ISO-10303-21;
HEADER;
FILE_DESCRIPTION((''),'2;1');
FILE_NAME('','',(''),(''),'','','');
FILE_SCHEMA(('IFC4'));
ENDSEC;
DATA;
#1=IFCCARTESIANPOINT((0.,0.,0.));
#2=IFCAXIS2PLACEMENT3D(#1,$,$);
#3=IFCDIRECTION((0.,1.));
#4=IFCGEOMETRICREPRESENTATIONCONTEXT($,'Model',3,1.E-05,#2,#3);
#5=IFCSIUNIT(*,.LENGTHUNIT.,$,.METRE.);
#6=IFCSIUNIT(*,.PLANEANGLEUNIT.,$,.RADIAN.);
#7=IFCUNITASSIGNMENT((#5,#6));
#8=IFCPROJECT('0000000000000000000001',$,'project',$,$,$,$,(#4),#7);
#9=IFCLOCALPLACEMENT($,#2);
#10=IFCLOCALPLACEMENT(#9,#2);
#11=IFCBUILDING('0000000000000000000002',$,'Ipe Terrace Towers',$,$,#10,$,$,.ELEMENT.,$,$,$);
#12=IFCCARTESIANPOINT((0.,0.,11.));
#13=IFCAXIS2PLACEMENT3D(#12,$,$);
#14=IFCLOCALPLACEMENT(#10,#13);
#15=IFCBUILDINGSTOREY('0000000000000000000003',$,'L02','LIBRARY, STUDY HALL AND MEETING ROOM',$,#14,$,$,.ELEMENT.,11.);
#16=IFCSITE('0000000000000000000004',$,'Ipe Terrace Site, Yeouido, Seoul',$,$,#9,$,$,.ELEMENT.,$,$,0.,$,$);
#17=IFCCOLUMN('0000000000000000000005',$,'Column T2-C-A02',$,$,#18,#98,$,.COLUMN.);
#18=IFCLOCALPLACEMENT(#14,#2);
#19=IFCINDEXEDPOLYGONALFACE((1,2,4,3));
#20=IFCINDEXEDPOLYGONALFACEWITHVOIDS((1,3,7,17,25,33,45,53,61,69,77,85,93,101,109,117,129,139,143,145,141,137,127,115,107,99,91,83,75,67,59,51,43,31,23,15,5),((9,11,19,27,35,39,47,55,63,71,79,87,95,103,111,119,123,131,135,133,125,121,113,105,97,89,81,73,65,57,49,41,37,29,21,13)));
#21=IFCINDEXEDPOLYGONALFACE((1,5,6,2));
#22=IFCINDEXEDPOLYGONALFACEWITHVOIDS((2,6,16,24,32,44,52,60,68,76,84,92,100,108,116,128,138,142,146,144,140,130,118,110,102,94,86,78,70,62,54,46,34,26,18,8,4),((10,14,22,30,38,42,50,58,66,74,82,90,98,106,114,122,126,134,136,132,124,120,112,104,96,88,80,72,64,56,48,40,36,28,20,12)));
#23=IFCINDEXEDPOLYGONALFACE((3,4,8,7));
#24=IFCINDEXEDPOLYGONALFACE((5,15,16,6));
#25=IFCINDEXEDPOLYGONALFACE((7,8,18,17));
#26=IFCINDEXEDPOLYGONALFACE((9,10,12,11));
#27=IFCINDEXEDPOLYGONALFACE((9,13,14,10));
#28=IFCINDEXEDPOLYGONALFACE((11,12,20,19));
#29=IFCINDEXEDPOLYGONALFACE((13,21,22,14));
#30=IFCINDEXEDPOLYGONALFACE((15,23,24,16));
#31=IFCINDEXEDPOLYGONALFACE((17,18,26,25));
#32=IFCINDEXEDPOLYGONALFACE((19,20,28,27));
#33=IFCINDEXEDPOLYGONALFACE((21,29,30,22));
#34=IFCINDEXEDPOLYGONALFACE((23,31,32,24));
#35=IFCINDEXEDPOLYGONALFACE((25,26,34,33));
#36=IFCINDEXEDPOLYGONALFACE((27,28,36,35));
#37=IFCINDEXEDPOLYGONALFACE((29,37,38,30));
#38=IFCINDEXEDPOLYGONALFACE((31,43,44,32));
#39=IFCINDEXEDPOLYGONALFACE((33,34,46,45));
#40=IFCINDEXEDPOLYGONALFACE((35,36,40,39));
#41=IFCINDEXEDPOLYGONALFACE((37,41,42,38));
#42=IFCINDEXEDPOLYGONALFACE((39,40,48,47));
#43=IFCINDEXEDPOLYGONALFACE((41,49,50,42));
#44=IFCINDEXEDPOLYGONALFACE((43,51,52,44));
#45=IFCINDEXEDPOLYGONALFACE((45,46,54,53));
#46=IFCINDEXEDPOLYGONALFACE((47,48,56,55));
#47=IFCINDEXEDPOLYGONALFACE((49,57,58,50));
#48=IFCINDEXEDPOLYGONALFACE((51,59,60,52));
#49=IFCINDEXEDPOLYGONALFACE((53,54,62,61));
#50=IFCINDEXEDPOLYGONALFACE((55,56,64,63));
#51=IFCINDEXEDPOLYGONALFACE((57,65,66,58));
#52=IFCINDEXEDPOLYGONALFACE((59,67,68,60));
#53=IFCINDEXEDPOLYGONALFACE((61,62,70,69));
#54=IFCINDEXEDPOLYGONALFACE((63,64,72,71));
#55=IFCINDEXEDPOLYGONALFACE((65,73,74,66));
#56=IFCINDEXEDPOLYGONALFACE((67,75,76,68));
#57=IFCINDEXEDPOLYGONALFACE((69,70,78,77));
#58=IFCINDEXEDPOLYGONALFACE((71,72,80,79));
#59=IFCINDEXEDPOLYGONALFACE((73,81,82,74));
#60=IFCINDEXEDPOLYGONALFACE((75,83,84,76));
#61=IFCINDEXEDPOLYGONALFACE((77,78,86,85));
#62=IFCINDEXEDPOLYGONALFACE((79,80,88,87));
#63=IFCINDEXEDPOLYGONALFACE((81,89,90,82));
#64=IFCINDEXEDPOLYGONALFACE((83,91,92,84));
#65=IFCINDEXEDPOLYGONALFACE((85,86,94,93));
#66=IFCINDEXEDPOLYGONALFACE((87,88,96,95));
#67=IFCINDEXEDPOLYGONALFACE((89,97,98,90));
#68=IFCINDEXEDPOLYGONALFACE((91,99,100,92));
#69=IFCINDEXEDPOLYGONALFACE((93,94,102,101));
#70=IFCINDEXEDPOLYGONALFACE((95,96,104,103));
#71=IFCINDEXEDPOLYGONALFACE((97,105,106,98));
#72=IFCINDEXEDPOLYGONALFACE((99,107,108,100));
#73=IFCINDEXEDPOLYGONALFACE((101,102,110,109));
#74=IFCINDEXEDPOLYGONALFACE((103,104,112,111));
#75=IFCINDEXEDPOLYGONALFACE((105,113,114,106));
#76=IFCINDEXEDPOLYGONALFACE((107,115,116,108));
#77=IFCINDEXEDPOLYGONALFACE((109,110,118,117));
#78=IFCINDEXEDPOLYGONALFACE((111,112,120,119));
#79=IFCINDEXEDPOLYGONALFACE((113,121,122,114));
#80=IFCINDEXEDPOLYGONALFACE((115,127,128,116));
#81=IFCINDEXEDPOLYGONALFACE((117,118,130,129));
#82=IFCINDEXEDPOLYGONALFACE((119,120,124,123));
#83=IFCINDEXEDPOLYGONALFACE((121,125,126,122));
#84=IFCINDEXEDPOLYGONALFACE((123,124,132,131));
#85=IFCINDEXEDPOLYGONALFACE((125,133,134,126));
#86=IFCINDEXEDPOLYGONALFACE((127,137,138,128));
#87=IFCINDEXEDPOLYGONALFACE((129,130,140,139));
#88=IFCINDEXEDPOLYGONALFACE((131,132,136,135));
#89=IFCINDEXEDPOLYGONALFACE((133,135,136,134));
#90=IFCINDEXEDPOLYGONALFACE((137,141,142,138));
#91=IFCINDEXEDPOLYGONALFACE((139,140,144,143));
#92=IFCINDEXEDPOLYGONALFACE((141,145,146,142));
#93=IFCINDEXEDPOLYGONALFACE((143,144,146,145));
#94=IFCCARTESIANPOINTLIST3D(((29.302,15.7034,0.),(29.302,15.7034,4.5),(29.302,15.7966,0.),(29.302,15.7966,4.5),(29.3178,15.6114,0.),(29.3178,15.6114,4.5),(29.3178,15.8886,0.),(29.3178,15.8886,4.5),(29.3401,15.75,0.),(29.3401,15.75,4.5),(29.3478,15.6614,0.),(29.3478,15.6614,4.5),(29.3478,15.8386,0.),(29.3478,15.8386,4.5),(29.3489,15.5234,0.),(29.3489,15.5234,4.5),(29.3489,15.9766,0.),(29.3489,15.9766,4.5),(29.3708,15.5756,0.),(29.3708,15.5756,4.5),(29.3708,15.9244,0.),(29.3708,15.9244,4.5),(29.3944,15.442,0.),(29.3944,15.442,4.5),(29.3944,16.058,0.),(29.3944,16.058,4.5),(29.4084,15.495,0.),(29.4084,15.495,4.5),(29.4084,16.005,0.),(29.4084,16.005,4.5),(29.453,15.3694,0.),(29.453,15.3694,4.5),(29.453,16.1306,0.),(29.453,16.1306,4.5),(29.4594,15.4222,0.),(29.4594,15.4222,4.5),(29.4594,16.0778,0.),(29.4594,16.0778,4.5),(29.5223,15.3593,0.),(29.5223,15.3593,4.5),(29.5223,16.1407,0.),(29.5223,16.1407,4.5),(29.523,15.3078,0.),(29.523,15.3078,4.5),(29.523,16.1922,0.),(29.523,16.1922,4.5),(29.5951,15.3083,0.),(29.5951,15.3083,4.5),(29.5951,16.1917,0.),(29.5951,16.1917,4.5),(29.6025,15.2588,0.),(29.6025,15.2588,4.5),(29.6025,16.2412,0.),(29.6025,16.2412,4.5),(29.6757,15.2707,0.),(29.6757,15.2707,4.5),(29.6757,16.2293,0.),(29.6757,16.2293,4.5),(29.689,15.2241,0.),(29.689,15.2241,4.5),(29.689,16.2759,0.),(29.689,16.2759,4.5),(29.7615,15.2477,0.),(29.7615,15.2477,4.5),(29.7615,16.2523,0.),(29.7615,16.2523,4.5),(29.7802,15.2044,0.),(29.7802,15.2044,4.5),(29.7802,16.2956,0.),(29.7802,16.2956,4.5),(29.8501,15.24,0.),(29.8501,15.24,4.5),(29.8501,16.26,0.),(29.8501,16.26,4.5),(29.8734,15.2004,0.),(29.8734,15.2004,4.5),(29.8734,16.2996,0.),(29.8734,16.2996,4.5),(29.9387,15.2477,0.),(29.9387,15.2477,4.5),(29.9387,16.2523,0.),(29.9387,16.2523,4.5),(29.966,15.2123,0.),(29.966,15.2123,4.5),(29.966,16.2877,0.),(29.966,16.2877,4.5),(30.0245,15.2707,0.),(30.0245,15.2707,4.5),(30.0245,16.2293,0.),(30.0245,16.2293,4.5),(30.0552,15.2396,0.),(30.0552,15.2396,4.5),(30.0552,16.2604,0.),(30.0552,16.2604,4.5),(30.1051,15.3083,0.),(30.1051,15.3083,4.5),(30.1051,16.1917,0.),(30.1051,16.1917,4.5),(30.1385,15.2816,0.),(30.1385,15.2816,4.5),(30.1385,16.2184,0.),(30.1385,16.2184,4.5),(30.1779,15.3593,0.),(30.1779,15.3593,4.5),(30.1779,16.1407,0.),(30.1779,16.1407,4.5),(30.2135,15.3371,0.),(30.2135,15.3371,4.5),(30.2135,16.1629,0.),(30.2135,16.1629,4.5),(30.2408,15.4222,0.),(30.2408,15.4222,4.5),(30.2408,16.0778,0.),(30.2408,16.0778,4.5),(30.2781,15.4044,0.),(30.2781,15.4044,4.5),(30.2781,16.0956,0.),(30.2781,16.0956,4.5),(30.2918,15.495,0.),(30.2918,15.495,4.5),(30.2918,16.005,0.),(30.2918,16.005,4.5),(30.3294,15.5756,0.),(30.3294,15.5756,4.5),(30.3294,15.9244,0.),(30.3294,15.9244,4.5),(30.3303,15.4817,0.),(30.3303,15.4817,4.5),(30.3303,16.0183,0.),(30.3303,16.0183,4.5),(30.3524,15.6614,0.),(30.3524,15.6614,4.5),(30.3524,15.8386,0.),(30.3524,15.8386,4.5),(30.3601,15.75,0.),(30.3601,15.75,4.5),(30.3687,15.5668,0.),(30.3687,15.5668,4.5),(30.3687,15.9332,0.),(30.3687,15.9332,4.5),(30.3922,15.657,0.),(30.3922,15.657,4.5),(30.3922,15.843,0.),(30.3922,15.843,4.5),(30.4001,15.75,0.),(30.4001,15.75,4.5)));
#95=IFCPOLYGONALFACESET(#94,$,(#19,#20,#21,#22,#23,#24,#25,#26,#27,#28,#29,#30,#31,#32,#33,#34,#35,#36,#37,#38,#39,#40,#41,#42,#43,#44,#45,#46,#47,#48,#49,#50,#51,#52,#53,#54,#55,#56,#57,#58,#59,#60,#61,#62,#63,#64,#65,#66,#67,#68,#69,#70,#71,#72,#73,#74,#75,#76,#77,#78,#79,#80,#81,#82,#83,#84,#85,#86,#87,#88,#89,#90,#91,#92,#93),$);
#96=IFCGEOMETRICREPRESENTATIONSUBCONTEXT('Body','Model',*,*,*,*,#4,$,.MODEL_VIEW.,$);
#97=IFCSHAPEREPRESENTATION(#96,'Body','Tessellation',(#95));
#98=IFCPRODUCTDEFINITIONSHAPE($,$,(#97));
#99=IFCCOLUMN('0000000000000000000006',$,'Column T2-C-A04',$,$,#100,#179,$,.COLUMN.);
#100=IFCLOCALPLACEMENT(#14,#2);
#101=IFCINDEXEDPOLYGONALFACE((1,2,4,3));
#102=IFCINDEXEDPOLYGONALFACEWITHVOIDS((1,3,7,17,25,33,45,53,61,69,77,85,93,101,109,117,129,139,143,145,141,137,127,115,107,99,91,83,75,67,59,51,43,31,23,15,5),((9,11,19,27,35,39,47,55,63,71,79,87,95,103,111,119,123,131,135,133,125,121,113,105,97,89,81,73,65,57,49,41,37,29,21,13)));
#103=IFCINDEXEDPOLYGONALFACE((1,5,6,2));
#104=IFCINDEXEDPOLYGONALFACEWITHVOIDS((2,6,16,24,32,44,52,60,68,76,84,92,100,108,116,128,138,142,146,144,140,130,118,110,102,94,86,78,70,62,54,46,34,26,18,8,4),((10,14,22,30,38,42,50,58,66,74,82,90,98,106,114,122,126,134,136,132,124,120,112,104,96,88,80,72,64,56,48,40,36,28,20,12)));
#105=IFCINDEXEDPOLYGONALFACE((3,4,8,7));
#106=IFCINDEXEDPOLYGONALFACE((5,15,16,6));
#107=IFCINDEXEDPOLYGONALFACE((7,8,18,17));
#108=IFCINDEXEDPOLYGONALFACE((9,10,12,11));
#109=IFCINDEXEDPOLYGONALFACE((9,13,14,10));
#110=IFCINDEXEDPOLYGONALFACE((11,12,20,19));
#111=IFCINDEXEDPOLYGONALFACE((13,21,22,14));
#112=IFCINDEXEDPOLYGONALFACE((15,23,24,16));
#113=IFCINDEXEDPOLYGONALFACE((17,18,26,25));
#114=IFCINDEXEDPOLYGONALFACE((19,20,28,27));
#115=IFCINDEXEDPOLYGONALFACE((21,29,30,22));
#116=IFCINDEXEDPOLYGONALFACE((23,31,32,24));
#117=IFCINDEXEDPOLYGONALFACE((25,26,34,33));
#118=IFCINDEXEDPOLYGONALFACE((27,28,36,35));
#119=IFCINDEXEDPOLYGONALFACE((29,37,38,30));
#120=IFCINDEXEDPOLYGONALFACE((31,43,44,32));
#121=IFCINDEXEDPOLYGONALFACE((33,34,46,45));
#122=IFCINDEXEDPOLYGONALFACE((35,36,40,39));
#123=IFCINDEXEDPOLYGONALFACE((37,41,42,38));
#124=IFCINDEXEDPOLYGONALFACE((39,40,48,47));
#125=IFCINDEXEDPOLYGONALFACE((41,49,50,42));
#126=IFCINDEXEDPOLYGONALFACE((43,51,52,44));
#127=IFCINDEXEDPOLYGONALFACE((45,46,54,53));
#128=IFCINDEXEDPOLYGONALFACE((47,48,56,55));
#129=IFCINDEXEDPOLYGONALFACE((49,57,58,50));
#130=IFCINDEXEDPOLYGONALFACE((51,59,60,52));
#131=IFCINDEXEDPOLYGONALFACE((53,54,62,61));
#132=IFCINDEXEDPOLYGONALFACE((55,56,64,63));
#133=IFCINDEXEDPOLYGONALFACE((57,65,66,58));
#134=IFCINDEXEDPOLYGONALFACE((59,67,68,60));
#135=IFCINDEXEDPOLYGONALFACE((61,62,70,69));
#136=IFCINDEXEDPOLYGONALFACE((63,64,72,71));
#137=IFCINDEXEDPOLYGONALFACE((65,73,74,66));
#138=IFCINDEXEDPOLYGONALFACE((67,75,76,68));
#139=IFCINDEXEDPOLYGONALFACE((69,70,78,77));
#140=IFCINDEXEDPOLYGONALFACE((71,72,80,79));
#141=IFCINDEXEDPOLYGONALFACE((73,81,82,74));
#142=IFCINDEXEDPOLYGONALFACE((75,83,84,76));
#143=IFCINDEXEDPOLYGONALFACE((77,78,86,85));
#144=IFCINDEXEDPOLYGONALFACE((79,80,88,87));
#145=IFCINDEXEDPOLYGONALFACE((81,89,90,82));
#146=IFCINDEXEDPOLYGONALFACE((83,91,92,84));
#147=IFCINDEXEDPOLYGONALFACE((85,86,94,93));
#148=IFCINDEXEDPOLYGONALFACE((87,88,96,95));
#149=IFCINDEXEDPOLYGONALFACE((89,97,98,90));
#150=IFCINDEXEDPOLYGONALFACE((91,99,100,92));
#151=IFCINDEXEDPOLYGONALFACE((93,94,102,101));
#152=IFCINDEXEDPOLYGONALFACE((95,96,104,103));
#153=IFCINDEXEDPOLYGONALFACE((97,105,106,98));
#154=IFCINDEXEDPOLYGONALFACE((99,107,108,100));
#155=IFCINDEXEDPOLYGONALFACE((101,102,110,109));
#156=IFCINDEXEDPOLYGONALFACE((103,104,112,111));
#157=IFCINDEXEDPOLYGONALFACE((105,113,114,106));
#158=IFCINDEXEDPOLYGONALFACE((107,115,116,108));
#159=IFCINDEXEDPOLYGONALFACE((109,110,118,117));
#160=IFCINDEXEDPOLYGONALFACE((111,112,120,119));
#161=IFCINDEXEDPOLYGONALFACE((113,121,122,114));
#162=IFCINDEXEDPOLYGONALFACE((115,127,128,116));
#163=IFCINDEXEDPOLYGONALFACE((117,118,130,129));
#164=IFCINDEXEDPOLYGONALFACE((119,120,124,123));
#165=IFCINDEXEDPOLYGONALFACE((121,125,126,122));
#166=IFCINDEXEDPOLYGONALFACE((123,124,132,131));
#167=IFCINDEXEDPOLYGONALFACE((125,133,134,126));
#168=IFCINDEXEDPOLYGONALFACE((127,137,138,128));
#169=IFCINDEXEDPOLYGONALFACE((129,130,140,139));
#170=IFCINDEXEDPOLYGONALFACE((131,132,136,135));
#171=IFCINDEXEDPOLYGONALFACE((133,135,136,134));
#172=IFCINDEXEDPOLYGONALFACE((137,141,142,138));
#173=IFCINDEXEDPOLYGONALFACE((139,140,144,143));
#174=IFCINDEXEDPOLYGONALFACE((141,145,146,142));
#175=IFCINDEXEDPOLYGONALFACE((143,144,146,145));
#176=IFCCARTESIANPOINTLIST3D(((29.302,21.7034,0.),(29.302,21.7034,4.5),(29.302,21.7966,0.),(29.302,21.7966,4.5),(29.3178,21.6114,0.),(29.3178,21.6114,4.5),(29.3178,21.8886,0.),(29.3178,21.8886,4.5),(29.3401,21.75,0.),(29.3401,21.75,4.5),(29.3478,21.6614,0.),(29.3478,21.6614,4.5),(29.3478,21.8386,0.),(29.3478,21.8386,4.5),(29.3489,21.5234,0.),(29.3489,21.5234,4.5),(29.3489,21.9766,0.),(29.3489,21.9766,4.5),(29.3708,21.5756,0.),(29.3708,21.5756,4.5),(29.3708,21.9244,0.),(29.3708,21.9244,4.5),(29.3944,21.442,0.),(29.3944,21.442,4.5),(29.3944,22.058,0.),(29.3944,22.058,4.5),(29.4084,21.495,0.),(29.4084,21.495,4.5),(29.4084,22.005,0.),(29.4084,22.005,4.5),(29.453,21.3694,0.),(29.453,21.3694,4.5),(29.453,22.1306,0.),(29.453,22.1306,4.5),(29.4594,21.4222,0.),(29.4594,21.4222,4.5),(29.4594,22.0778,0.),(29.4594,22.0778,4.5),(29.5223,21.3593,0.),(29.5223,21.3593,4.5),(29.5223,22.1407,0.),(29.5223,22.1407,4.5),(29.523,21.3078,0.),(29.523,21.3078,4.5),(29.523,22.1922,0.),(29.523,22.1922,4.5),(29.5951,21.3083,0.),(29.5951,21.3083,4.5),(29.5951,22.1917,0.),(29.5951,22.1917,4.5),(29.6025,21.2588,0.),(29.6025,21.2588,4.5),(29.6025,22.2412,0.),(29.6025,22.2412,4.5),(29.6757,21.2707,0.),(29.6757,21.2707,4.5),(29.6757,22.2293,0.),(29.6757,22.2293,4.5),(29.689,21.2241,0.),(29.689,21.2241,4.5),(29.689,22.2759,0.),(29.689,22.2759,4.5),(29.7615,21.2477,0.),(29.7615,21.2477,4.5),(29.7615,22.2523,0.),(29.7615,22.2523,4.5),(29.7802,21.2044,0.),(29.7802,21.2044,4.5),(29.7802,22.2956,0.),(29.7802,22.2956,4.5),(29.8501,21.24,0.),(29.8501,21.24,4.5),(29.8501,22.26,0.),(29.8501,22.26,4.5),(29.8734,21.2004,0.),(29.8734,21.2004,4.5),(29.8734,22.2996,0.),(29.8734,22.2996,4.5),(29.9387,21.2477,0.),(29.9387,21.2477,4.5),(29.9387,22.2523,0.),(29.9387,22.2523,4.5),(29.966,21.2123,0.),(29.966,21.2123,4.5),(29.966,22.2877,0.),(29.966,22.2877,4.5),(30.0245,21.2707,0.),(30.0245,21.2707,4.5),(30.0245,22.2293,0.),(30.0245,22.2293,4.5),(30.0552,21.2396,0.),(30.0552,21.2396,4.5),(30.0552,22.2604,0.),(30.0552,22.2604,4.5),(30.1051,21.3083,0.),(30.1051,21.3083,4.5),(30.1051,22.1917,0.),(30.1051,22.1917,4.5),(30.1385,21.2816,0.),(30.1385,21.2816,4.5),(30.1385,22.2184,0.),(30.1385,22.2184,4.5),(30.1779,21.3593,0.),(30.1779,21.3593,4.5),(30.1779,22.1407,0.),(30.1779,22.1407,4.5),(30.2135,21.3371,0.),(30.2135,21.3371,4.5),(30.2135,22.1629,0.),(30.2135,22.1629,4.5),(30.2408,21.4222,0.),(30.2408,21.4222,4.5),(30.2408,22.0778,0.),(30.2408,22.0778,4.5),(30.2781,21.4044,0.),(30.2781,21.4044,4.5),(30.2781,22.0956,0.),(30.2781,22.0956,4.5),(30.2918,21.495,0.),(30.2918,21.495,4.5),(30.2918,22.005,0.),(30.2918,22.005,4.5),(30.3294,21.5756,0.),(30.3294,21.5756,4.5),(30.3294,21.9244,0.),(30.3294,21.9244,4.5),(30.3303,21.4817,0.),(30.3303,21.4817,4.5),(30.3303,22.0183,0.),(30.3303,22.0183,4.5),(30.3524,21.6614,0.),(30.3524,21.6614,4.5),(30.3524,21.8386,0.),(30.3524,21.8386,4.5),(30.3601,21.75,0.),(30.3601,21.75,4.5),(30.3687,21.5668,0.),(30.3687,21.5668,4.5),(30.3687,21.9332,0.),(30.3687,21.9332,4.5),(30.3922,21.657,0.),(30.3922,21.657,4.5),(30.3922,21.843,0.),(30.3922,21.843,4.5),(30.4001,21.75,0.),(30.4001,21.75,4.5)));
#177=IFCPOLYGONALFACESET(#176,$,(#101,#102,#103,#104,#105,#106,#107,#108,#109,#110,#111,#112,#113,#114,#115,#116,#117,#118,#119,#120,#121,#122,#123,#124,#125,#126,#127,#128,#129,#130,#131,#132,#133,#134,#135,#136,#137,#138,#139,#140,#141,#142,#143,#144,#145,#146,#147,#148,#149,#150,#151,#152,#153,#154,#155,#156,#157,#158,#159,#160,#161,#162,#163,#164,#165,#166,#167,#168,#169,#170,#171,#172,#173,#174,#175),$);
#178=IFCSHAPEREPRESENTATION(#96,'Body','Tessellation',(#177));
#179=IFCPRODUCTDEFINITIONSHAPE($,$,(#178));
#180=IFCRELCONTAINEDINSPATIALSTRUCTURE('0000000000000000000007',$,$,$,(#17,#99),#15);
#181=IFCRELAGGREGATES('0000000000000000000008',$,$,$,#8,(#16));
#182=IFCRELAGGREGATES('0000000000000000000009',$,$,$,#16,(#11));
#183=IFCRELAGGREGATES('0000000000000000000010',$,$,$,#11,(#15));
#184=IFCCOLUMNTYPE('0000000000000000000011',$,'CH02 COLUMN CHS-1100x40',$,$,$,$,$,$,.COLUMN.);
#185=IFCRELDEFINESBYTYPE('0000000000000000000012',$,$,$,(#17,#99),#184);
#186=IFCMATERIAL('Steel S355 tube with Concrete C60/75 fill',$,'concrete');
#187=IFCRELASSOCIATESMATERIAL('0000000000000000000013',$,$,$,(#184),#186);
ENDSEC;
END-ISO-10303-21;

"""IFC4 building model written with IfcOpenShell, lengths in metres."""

from ifc_helpers import new_model, si_unit, direction, frame, origin, origin_2d, place, context, subcontext, project, spatial, hollow_circle, extrude, material, material_profile, profile_set, type_object, element, save


model = new_model("IFC4")

# Units and contexts
model_context = context("Model", 3, precision=1e-05, world=origin(), true_north=direction((0.0, 1.0)))
body_context = subcontext(model_context, "Body", "Model", "MODEL_VIEW")
ifc_project = project(units=[si_unit("LENGTHUNIT", "METRE"), si_unit("PLANEANGLEUNIT", "RADIAN")], contexts=[model_context])

# Site, building, storey
site_placement = place(None, origin())
site = spatial("IfcSite", under=ifc_project, at=site_placement, Name="Ipe Terrace Site, Yeouido, Seoul", CompositionType="ELEMENT", RefElevation=0.0)
building_placement = place(site_placement, origin())
building = spatial("IfcBuilding", under=site, at=building_placement, Name="Ipe Terrace Towers", CompositionType="ELEMENT")
storey_placement = place(building_placement, frame((0.0, 0.0, 11.0)))
storey = spatial("IfcBuildingStorey", under=building, at=storey_placement, Name="L02", Description="LIBRARY, STUDY HALL AND MEETING ROOM", CompositionType="ELEMENT", Elevation=11.0)

# Columns
ifc_material_1 = material(Name="Steel S355 tube with Concrete C60/75 fill", Category="concrete")
ifc_material_profile_1 = material_profile(ifc_material_1, hollow_circle(Radius=0.55, WallThickness=0.04, at=origin_2d()), Name="CHS-1100x40")
ifc_profile_set_1 = profile_set([ifc_material_profile_1], Name="Steel S355 tube with Concrete C60/75 fill")
column_type_1 = type_object("IfcColumnType", Name="CH02 COLUMN CHS-1100x40", PredefinedType="COLUMN", material=ifc_profile_set_1)
for number, where, z_axis, x_axis, name in (
    (1, (29.8501, 15.75, 0.0), (0.0, 0.0, 1.0), (1.0, 0.0, 0.0), "Column T2-C-A02"),
    (2, (29.8501, 21.75, 0.0), (0.0, 0.0, 1.0), (1.0, 0.0, 0.0), "Column T2-C-A04"),
):
    element("IfcColumn", number, at=place(storey_placement, frame(where, z_axis=z_axis, x_axis=x_axis)), inside=storey, type_object=column_type_1, Name=name, PredefinedType="COLUMN", context=body_context, shape_type="SweptSolid", body=[
        extrude(hollow_circle(Radius=0.55, WallThickness=0.04, at=origin_2d()), origin(), (0.0, 0.0, 1.0), 4.5),
    ])

save(model, "model.ifc")
